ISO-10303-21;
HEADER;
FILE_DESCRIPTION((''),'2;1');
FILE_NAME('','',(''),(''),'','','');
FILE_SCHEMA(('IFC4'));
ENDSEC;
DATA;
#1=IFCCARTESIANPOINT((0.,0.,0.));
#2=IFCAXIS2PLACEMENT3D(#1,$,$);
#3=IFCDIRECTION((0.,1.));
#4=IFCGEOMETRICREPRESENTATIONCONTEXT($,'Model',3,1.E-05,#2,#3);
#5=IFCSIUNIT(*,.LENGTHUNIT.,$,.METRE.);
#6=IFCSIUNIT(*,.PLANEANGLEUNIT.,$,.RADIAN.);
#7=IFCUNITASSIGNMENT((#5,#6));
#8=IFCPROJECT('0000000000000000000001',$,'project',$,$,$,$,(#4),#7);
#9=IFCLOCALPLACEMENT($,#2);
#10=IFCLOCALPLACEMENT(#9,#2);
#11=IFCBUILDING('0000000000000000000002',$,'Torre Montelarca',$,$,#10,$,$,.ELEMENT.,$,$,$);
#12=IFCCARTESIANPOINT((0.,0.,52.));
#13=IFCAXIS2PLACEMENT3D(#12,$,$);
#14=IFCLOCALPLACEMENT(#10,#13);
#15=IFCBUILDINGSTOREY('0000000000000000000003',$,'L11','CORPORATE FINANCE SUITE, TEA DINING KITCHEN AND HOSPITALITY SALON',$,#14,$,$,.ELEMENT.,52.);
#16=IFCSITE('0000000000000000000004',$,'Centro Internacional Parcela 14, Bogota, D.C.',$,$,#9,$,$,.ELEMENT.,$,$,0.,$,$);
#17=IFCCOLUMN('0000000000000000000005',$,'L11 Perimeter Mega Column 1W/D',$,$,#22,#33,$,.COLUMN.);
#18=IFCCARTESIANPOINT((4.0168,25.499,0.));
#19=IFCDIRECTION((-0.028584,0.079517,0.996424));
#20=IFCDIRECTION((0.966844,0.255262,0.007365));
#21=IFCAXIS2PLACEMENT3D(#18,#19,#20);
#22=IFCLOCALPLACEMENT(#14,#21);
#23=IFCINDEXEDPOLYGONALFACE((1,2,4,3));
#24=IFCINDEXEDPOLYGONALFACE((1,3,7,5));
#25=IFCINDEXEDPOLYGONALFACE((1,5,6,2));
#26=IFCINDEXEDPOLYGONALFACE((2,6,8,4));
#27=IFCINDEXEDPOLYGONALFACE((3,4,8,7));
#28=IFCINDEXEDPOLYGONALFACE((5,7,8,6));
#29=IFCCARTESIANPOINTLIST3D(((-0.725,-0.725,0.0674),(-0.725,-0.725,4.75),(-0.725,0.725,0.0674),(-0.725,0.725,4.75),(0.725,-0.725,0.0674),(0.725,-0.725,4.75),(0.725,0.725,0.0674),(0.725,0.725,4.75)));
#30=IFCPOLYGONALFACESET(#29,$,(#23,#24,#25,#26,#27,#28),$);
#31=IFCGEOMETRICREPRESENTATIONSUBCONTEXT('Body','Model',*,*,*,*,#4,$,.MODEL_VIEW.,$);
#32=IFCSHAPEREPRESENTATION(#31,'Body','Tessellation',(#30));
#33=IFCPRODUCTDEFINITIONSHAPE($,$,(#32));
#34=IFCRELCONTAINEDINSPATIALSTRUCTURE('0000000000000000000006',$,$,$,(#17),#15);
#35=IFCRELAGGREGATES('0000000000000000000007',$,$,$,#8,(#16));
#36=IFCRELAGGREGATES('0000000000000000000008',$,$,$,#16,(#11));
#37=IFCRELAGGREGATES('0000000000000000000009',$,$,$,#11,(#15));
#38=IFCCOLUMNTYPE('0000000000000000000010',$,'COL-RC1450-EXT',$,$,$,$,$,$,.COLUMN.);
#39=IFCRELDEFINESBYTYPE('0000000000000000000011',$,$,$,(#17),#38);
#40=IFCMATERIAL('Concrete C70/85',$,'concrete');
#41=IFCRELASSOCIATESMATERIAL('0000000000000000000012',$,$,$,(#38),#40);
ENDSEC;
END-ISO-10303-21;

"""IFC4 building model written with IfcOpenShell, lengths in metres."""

from ifc_helpers import new_model, si_unit, direction, frame, origin, origin_2d, place, context, subcontext, project, spatial, rectangle, extrude, clip, halfspace, material, material_profile, profile_set, type_object, element, save


model = new_model("IFC4")

# Units and contexts
model_context = context("Model", 3, precision=1e-05, world=origin(), true_north=direction((0.0, 1.0)))
body_context = subcontext(model_context, "Body", "Model", "MODEL_VIEW")
ifc_project = project(units=[si_unit("LENGTHUNIT", "METRE"), si_unit("PLANEANGLEUNIT", "RADIAN")], contexts=[model_context])

# Site, building, storey
site_placement = place(None, origin())
site = spatial("IfcSite", under=ifc_project, at=site_placement, Name="Centro Internacional Parcela 14, Bogota, D.C.", CompositionType="ELEMENT", RefElevation=0.0)
building_placement = place(site_placement, origin())
building = spatial("IfcBuilding", under=site, at=building_placement, Name="Torre Montelarca", CompositionType="ELEMENT")
storey_placement = place(building_placement, frame((0.0, 0.0, 52.0)))
storey = spatial("IfcBuildingStorey", under=building, at=storey_placement, Name="L11", Description="CORPORATE FINANCE SUITE, TEA DINING KITCHEN AND HOSPITALITY SALON", CompositionType="ELEMENT", Elevation=52.0)

# Column
ifc_material_1 = material(Name="Concrete C70/85", Category="concrete")
ifc_material_profile_1 = material_profile(ifc_material_1, rectangle(XDim=1.45, YDim=1.45, at=origin_2d()), Name="RC1450X1450", Category="concrete")
ifc_profile_set_1 = profile_set([ifc_material_profile_1], Name="Concrete C70/85")
column_type = type_object("IfcColumnType", Name="COL-RC1450-EXT", PredefinedType="COLUMN", material=ifc_profile_set_1)
column_placement = place(storey_placement, frame((4.0168, 25.499, 0.0), z_axis=(-0.028584, 0.079517, 0.996424), x_axis=(0.966844, 0.255262, 0.007365)))
element("IfcColumn", 1, at=column_placement, inside=storey, type_object=column_type, Name="L11 Perimeter Mega Column 1W/D", PredefinedType="COLUMN", context=body_context, shape_type="Clipping", body=[
    clip(clip(extrude(rectangle(XDim=1.45, YDim=1.45, at=origin_2d()), origin(), (0.0, 0.0, 1.0), 4.8174), halfspace(frame((0.0, 0.0, 0.0674), z_axis=(0.0, 0.0, -1.0), x_axis=(1.0, 0.0, 0.0)), False)), halfspace(frame((0.0, 0.0, 4.75), z_axis=(0.0, 0.0, 1.0), x_axis=(1.0, 0.0, 0.0)), False)),
])

save(model, "model.ifc")
